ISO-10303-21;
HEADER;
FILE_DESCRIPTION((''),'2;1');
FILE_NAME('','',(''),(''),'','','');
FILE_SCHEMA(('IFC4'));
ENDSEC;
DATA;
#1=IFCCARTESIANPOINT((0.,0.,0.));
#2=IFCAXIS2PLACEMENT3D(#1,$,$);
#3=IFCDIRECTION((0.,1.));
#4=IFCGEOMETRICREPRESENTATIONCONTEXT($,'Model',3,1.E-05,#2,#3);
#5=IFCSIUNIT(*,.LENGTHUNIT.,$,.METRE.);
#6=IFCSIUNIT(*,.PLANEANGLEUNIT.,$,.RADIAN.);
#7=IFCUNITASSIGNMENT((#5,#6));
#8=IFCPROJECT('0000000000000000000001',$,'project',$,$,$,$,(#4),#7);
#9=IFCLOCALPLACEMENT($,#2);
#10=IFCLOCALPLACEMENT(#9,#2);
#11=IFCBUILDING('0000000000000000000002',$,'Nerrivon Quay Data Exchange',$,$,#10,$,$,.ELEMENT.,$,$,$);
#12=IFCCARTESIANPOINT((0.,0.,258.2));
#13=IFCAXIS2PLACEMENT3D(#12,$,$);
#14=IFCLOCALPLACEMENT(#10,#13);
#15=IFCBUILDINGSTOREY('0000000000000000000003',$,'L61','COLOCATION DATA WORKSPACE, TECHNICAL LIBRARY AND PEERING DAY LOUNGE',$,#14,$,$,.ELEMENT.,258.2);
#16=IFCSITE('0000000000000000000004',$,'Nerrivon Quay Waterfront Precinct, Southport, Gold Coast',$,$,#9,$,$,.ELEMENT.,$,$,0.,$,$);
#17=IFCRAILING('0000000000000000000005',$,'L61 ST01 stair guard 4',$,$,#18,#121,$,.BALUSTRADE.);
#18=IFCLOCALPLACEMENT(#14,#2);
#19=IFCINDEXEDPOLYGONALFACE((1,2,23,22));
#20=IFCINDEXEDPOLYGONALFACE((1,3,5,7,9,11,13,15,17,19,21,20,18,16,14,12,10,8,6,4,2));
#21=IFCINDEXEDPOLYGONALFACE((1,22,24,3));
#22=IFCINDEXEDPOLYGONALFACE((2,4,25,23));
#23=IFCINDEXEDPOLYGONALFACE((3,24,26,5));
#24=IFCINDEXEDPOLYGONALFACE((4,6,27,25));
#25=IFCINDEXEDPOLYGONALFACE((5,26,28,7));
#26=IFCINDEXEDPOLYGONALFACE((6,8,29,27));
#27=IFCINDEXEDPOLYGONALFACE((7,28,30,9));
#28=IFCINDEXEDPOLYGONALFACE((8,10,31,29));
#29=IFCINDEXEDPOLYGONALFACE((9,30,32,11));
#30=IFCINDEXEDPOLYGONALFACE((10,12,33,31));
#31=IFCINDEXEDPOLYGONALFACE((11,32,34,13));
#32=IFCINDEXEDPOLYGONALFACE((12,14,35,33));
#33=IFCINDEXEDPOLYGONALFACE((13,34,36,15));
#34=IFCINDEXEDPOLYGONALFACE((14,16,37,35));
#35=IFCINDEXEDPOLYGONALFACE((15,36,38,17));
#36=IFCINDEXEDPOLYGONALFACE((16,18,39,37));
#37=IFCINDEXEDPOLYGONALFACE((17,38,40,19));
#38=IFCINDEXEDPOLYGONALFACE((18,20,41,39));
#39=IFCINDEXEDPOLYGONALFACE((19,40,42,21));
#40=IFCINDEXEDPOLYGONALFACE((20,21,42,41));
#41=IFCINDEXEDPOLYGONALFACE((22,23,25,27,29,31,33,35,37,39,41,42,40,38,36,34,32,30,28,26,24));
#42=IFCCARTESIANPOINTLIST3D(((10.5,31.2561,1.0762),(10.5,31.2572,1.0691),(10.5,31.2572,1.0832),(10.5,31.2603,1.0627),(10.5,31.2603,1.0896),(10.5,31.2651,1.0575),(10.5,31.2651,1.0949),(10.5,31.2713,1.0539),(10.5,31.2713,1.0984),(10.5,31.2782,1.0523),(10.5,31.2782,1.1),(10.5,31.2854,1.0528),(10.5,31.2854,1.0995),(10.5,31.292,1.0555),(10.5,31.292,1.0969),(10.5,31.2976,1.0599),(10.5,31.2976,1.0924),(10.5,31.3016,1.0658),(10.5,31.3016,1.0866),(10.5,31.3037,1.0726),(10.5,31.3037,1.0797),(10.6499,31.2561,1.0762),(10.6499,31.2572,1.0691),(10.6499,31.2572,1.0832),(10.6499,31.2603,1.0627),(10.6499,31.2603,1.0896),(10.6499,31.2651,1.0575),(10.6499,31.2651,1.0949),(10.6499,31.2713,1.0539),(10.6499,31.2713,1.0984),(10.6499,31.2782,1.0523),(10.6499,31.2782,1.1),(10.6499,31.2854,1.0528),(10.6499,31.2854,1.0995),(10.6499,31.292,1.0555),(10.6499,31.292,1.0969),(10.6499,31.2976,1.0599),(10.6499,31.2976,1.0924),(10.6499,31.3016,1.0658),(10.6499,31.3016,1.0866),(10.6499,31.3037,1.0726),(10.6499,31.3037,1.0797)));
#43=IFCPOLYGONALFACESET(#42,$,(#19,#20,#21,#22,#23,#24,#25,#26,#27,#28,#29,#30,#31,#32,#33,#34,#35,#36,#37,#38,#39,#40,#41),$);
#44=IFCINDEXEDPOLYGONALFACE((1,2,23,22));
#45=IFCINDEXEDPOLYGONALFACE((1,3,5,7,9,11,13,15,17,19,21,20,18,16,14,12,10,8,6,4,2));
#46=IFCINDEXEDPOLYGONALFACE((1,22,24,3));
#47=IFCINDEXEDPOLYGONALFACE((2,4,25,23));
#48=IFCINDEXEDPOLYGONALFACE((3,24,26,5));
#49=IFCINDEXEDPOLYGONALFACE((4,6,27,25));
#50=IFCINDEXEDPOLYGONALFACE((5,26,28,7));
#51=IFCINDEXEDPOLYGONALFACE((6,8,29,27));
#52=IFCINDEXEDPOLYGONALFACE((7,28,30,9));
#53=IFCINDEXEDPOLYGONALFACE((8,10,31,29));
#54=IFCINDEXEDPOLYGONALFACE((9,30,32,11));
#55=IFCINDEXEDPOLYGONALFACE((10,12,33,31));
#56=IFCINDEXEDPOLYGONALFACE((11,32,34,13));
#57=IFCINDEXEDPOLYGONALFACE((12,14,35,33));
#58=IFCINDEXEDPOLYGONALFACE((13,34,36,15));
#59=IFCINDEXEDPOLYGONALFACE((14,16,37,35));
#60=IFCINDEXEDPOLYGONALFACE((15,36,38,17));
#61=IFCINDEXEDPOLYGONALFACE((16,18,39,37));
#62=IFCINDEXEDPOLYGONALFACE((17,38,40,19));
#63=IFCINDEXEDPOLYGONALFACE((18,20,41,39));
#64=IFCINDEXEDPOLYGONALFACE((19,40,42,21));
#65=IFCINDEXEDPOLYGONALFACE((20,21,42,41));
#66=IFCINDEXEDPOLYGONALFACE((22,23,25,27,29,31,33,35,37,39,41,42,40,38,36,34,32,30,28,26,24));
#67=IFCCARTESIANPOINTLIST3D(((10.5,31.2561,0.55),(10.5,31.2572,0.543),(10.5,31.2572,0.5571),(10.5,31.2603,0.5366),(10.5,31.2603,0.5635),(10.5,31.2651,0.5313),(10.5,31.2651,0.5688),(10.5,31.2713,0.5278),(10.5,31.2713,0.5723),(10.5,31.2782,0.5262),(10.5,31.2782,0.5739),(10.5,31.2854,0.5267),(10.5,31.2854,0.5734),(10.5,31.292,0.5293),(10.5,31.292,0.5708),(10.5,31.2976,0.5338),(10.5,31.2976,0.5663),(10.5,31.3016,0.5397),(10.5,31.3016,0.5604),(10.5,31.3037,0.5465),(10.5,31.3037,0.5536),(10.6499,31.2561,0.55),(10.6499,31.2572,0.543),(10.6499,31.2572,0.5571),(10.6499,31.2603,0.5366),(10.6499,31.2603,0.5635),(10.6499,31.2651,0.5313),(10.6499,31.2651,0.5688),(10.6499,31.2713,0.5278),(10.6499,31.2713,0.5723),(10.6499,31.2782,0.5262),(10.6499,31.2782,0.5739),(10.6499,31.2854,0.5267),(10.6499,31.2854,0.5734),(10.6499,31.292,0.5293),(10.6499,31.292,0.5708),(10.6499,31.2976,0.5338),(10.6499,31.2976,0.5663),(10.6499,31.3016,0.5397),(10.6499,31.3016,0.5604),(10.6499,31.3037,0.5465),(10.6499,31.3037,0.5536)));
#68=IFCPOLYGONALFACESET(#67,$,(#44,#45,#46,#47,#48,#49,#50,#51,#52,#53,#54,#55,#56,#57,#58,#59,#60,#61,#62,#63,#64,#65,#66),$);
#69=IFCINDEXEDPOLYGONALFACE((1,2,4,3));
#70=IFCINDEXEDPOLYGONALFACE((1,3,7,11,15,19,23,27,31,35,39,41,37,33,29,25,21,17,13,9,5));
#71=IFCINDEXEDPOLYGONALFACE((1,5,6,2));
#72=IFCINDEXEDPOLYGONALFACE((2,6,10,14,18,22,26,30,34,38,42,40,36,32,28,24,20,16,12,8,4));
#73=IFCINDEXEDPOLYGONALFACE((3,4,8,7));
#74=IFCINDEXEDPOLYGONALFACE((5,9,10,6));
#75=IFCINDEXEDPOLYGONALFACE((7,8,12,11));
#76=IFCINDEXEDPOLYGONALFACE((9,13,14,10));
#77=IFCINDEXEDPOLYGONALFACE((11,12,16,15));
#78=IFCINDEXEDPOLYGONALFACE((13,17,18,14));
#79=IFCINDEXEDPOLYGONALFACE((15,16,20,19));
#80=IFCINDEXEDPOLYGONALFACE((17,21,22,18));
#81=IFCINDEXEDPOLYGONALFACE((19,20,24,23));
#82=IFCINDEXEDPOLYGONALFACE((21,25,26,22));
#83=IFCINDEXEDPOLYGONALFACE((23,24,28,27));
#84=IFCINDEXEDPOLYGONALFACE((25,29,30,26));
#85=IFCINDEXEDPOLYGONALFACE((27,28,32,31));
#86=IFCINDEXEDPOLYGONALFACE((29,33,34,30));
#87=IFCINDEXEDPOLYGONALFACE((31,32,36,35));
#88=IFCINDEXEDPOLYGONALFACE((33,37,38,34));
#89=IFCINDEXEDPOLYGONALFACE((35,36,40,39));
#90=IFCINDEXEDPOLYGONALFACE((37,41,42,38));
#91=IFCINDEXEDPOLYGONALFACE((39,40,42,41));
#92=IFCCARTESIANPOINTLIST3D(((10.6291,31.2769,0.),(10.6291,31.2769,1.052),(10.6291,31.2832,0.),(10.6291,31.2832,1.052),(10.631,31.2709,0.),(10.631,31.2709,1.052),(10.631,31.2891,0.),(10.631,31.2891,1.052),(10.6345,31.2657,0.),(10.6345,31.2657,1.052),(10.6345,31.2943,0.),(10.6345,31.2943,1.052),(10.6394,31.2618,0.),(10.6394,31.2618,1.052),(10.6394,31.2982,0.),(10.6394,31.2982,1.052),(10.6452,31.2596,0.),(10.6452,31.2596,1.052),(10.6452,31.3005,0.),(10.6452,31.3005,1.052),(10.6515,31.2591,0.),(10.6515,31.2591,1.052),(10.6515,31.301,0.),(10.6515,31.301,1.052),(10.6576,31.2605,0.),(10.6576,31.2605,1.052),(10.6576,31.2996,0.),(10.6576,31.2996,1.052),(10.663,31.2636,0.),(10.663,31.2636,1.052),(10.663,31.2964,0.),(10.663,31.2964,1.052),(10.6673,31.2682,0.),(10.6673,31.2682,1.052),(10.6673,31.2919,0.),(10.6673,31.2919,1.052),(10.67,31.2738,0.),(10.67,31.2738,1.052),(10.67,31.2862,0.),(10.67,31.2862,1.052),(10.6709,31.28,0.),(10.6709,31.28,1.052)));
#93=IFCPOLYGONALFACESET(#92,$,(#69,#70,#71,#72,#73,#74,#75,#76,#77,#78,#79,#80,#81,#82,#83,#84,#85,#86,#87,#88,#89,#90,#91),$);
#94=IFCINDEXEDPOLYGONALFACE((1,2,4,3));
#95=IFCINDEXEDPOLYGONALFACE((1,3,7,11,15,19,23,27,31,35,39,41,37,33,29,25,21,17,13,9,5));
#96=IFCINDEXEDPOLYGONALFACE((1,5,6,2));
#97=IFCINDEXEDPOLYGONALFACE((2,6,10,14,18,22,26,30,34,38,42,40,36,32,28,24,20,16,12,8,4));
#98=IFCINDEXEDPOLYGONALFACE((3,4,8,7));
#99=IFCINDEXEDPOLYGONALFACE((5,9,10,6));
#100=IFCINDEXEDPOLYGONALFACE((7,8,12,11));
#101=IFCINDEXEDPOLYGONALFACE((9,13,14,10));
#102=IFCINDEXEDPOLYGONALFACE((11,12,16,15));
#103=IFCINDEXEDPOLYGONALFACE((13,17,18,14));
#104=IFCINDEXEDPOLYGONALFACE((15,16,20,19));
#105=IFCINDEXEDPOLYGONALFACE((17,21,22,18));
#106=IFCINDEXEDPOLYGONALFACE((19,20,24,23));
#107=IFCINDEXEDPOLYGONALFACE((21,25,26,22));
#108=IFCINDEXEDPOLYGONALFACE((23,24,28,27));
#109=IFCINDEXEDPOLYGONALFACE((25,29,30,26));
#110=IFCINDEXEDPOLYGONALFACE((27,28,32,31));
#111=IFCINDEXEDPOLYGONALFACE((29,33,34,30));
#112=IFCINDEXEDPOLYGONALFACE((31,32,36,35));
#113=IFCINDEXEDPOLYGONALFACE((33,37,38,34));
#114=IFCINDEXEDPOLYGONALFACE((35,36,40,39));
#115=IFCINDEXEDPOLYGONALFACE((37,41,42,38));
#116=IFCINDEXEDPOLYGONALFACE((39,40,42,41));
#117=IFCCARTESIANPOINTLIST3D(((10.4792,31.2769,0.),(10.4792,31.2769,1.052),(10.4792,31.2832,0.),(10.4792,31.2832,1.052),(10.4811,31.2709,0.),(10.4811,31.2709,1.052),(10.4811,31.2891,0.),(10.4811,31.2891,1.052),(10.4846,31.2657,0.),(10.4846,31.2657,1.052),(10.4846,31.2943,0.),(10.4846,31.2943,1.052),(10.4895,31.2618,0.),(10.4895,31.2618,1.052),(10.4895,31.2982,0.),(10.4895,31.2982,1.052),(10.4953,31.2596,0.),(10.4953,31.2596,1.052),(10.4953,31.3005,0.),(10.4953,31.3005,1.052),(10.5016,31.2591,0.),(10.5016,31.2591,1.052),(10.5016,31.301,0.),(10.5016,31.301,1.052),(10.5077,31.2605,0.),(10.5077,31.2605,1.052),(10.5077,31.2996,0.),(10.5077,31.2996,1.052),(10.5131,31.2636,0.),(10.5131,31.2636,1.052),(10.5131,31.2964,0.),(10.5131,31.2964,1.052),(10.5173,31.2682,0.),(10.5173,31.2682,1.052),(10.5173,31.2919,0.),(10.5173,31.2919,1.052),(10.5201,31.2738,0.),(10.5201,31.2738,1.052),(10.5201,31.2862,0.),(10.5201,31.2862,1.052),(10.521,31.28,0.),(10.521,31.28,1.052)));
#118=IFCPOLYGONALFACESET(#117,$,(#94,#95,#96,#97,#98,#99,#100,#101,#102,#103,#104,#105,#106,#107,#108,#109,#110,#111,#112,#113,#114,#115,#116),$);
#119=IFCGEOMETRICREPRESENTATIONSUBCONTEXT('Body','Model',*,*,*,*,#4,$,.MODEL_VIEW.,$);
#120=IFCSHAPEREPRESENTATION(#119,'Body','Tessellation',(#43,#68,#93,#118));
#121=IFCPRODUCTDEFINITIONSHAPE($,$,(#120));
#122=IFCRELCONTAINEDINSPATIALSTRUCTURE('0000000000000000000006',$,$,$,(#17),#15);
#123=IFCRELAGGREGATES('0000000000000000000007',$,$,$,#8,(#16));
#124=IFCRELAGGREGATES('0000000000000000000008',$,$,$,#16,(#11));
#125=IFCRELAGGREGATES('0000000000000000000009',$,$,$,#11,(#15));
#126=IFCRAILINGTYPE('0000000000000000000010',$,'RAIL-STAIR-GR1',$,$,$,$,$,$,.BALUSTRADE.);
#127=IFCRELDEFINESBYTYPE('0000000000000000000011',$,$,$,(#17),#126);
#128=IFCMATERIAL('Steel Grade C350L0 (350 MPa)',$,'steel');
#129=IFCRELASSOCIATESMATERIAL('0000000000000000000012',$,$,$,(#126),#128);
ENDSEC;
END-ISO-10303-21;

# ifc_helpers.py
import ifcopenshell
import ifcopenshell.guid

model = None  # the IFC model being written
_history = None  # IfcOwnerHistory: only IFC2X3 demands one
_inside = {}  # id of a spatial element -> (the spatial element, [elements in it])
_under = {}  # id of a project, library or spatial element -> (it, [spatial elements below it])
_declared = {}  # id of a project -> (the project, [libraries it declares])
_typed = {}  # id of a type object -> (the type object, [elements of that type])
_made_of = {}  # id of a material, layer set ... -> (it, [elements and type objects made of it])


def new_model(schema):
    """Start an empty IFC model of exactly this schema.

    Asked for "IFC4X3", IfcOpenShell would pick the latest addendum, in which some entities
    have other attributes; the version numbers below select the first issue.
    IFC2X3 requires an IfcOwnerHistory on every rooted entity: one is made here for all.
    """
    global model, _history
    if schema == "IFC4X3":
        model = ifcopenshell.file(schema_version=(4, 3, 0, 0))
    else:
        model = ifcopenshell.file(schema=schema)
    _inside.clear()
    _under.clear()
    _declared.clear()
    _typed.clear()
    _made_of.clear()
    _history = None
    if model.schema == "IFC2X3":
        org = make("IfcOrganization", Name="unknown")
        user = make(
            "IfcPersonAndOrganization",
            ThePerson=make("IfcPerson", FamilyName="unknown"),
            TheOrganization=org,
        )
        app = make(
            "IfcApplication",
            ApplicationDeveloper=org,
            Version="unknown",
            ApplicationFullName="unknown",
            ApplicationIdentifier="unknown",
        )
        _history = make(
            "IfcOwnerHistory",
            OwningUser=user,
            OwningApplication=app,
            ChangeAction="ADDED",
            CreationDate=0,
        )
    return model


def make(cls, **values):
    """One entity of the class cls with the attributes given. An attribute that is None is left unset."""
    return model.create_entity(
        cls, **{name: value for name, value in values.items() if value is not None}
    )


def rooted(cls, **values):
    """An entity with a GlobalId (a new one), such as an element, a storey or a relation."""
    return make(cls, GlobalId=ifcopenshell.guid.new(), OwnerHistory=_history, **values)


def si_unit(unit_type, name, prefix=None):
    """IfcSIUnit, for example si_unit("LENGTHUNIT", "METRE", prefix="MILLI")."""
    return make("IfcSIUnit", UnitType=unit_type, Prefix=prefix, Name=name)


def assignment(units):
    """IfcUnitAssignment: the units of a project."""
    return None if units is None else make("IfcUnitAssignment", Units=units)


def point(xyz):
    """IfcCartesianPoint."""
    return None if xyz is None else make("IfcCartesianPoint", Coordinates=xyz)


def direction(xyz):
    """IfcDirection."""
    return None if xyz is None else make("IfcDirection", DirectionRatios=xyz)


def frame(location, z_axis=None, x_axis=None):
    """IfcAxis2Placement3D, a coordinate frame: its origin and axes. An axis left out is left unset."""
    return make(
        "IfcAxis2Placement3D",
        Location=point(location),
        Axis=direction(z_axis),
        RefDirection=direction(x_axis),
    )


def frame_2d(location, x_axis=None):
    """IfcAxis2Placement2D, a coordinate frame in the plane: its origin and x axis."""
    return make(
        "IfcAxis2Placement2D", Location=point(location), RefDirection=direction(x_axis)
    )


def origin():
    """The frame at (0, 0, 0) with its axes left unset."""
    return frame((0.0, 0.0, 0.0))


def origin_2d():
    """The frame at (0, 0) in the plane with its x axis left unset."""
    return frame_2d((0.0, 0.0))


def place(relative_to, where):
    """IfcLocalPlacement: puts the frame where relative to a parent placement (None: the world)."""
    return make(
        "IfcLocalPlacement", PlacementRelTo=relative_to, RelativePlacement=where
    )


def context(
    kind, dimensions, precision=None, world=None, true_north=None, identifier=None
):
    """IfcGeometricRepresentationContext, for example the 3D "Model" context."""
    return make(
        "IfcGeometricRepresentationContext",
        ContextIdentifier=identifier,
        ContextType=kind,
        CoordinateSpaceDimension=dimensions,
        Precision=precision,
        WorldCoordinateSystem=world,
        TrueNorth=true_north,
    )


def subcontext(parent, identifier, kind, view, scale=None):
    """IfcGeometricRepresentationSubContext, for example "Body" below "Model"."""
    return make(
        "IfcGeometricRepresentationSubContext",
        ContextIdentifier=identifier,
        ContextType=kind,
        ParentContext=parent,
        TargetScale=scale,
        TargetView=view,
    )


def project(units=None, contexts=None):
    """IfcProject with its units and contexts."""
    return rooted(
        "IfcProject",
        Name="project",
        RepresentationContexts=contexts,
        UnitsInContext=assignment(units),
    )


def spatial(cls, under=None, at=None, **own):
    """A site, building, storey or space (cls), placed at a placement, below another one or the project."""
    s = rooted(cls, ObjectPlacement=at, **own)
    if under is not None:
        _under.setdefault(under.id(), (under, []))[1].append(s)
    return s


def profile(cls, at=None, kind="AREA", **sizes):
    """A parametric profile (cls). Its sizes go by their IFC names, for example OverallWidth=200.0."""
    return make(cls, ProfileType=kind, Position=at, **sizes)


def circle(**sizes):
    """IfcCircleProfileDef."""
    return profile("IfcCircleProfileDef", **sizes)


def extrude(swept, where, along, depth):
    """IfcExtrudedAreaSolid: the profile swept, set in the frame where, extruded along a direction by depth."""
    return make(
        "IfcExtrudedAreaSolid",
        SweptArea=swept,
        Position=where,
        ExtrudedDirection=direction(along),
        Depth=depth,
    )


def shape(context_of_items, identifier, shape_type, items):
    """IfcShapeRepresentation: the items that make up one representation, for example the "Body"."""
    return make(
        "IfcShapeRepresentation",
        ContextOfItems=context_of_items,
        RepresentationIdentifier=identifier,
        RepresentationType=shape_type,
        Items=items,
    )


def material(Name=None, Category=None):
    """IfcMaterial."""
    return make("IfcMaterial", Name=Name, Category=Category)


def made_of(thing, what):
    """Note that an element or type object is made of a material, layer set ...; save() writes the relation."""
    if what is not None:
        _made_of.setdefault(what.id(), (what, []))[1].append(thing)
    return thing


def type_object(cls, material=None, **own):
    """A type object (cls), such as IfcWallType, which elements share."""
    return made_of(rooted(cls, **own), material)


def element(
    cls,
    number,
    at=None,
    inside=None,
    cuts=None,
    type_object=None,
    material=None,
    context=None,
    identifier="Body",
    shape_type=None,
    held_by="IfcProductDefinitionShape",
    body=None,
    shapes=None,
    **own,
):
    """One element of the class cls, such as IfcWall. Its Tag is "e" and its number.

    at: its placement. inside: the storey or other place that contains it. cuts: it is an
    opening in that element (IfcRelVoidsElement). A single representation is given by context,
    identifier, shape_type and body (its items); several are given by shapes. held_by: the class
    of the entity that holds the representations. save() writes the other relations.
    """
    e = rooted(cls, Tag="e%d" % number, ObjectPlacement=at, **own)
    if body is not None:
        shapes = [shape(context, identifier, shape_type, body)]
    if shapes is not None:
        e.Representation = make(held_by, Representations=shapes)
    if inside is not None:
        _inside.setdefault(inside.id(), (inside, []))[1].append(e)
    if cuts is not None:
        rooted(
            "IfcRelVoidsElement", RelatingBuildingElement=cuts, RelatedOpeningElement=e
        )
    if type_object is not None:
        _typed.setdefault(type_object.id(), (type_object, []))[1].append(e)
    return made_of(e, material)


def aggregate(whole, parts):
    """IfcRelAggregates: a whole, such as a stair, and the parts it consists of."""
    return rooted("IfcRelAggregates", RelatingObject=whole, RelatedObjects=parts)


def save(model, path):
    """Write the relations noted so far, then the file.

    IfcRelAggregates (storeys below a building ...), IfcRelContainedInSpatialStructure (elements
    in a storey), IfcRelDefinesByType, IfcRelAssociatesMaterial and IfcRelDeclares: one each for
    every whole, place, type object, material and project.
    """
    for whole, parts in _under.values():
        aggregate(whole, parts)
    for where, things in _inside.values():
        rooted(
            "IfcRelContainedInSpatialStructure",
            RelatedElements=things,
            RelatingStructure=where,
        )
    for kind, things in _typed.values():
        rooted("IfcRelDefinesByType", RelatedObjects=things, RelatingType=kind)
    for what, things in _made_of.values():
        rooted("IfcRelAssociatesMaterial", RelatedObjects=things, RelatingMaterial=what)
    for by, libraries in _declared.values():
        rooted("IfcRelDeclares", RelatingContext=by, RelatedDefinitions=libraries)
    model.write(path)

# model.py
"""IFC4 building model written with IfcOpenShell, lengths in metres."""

from ifc_helpers import new_model, si_unit, direction, frame, origin, origin_2d, place, context, subcontext, project, spatial, circle, extrude, material, type_object, element, save


model = new_model("IFC4")

# Units and contexts
model_context = context("Model", 3, precision=1e-05, world=origin(), true_north=direction((0.0, 1.0)))
body_context = subcontext(model_context, "Body", "Model", "MODEL_VIEW")
ifc_project = project(units=[si_unit("LENGTHUNIT", "METRE"), si_unit("PLANEANGLEUNIT", "RADIAN")], contexts=[model_context])

# Site, building, storey
site_placement = place(None, origin())
site = spatial("IfcSite", under=ifc_project, at=site_placement, Name="Nerrivon Quay Waterfront Precinct, Southport, Gold Coast", CompositionType="ELEMENT", RefElevation=0.0)
building_placement = place(site_placement, origin())
building = spatial("IfcBuilding", under=site, at=building_placement, Name="Nerrivon Quay Data Exchange", CompositionType="ELEMENT")
storey_placement = place(building_placement, frame((0.0, 0.0, 258.2)))
storey = spatial("IfcBuildingStorey", under=building, at=storey_placement, Name="L61", Description="COLOCATION DATA WORKSPACE, TECHNICAL LIBRARY AND PEERING DAY LOUNGE", CompositionType="ELEMENT", Elevation=258.2)

# Railing
ifc_material_1 = material(Name="Steel Grade C350L0 (350 MPa)", Category="steel")
railing_type_1 = type_object("IfcRailingType", Name="RAIL-STAIR-GR1", PredefinedType="BALUSTRADE", material=ifc_material_1)
railing_1_placement = place(storey_placement, frame((10.6499, 31.28, 0.0)))
element("IfcRailing", 1, at=railing_1_placement, inside=storey, type_object=railing_type_1, Name="L61 ST01 stair guard 4", PredefinedType="BALUSTRADE", context=body_context, shape_type="SweptSolid", body=[
    extrude(circle(Radius=0.0239, at=origin_2d()), frame((0.0, 0.0, 1.0762), z_axis=(-1.0, 0.0, 0.0), x_axis=(0.0, -1.0, 0.0)), (0.0, 0.0, 1.0), 0.1499),
    extrude(circle(Radius=0.0239, at=origin_2d()), frame((0.0, 0.0, 0.55), z_axis=(-1.0, 0.0, 0.0), x_axis=(0.0, -1.0, 0.0)), (0.0, 0.0, 1.0), 0.1499),
    extrude(circle(Radius=0.021, at=origin_2d()), origin(), (0.0, 0.0, 1.0), 1.052),
    extrude(circle(Radius=0.021, at=origin_2d()), frame((-0.1499, 0.0, 0.0)), (0.0, 0.0, 1.0), 1.052),
])

save(model, "model.ifc")
